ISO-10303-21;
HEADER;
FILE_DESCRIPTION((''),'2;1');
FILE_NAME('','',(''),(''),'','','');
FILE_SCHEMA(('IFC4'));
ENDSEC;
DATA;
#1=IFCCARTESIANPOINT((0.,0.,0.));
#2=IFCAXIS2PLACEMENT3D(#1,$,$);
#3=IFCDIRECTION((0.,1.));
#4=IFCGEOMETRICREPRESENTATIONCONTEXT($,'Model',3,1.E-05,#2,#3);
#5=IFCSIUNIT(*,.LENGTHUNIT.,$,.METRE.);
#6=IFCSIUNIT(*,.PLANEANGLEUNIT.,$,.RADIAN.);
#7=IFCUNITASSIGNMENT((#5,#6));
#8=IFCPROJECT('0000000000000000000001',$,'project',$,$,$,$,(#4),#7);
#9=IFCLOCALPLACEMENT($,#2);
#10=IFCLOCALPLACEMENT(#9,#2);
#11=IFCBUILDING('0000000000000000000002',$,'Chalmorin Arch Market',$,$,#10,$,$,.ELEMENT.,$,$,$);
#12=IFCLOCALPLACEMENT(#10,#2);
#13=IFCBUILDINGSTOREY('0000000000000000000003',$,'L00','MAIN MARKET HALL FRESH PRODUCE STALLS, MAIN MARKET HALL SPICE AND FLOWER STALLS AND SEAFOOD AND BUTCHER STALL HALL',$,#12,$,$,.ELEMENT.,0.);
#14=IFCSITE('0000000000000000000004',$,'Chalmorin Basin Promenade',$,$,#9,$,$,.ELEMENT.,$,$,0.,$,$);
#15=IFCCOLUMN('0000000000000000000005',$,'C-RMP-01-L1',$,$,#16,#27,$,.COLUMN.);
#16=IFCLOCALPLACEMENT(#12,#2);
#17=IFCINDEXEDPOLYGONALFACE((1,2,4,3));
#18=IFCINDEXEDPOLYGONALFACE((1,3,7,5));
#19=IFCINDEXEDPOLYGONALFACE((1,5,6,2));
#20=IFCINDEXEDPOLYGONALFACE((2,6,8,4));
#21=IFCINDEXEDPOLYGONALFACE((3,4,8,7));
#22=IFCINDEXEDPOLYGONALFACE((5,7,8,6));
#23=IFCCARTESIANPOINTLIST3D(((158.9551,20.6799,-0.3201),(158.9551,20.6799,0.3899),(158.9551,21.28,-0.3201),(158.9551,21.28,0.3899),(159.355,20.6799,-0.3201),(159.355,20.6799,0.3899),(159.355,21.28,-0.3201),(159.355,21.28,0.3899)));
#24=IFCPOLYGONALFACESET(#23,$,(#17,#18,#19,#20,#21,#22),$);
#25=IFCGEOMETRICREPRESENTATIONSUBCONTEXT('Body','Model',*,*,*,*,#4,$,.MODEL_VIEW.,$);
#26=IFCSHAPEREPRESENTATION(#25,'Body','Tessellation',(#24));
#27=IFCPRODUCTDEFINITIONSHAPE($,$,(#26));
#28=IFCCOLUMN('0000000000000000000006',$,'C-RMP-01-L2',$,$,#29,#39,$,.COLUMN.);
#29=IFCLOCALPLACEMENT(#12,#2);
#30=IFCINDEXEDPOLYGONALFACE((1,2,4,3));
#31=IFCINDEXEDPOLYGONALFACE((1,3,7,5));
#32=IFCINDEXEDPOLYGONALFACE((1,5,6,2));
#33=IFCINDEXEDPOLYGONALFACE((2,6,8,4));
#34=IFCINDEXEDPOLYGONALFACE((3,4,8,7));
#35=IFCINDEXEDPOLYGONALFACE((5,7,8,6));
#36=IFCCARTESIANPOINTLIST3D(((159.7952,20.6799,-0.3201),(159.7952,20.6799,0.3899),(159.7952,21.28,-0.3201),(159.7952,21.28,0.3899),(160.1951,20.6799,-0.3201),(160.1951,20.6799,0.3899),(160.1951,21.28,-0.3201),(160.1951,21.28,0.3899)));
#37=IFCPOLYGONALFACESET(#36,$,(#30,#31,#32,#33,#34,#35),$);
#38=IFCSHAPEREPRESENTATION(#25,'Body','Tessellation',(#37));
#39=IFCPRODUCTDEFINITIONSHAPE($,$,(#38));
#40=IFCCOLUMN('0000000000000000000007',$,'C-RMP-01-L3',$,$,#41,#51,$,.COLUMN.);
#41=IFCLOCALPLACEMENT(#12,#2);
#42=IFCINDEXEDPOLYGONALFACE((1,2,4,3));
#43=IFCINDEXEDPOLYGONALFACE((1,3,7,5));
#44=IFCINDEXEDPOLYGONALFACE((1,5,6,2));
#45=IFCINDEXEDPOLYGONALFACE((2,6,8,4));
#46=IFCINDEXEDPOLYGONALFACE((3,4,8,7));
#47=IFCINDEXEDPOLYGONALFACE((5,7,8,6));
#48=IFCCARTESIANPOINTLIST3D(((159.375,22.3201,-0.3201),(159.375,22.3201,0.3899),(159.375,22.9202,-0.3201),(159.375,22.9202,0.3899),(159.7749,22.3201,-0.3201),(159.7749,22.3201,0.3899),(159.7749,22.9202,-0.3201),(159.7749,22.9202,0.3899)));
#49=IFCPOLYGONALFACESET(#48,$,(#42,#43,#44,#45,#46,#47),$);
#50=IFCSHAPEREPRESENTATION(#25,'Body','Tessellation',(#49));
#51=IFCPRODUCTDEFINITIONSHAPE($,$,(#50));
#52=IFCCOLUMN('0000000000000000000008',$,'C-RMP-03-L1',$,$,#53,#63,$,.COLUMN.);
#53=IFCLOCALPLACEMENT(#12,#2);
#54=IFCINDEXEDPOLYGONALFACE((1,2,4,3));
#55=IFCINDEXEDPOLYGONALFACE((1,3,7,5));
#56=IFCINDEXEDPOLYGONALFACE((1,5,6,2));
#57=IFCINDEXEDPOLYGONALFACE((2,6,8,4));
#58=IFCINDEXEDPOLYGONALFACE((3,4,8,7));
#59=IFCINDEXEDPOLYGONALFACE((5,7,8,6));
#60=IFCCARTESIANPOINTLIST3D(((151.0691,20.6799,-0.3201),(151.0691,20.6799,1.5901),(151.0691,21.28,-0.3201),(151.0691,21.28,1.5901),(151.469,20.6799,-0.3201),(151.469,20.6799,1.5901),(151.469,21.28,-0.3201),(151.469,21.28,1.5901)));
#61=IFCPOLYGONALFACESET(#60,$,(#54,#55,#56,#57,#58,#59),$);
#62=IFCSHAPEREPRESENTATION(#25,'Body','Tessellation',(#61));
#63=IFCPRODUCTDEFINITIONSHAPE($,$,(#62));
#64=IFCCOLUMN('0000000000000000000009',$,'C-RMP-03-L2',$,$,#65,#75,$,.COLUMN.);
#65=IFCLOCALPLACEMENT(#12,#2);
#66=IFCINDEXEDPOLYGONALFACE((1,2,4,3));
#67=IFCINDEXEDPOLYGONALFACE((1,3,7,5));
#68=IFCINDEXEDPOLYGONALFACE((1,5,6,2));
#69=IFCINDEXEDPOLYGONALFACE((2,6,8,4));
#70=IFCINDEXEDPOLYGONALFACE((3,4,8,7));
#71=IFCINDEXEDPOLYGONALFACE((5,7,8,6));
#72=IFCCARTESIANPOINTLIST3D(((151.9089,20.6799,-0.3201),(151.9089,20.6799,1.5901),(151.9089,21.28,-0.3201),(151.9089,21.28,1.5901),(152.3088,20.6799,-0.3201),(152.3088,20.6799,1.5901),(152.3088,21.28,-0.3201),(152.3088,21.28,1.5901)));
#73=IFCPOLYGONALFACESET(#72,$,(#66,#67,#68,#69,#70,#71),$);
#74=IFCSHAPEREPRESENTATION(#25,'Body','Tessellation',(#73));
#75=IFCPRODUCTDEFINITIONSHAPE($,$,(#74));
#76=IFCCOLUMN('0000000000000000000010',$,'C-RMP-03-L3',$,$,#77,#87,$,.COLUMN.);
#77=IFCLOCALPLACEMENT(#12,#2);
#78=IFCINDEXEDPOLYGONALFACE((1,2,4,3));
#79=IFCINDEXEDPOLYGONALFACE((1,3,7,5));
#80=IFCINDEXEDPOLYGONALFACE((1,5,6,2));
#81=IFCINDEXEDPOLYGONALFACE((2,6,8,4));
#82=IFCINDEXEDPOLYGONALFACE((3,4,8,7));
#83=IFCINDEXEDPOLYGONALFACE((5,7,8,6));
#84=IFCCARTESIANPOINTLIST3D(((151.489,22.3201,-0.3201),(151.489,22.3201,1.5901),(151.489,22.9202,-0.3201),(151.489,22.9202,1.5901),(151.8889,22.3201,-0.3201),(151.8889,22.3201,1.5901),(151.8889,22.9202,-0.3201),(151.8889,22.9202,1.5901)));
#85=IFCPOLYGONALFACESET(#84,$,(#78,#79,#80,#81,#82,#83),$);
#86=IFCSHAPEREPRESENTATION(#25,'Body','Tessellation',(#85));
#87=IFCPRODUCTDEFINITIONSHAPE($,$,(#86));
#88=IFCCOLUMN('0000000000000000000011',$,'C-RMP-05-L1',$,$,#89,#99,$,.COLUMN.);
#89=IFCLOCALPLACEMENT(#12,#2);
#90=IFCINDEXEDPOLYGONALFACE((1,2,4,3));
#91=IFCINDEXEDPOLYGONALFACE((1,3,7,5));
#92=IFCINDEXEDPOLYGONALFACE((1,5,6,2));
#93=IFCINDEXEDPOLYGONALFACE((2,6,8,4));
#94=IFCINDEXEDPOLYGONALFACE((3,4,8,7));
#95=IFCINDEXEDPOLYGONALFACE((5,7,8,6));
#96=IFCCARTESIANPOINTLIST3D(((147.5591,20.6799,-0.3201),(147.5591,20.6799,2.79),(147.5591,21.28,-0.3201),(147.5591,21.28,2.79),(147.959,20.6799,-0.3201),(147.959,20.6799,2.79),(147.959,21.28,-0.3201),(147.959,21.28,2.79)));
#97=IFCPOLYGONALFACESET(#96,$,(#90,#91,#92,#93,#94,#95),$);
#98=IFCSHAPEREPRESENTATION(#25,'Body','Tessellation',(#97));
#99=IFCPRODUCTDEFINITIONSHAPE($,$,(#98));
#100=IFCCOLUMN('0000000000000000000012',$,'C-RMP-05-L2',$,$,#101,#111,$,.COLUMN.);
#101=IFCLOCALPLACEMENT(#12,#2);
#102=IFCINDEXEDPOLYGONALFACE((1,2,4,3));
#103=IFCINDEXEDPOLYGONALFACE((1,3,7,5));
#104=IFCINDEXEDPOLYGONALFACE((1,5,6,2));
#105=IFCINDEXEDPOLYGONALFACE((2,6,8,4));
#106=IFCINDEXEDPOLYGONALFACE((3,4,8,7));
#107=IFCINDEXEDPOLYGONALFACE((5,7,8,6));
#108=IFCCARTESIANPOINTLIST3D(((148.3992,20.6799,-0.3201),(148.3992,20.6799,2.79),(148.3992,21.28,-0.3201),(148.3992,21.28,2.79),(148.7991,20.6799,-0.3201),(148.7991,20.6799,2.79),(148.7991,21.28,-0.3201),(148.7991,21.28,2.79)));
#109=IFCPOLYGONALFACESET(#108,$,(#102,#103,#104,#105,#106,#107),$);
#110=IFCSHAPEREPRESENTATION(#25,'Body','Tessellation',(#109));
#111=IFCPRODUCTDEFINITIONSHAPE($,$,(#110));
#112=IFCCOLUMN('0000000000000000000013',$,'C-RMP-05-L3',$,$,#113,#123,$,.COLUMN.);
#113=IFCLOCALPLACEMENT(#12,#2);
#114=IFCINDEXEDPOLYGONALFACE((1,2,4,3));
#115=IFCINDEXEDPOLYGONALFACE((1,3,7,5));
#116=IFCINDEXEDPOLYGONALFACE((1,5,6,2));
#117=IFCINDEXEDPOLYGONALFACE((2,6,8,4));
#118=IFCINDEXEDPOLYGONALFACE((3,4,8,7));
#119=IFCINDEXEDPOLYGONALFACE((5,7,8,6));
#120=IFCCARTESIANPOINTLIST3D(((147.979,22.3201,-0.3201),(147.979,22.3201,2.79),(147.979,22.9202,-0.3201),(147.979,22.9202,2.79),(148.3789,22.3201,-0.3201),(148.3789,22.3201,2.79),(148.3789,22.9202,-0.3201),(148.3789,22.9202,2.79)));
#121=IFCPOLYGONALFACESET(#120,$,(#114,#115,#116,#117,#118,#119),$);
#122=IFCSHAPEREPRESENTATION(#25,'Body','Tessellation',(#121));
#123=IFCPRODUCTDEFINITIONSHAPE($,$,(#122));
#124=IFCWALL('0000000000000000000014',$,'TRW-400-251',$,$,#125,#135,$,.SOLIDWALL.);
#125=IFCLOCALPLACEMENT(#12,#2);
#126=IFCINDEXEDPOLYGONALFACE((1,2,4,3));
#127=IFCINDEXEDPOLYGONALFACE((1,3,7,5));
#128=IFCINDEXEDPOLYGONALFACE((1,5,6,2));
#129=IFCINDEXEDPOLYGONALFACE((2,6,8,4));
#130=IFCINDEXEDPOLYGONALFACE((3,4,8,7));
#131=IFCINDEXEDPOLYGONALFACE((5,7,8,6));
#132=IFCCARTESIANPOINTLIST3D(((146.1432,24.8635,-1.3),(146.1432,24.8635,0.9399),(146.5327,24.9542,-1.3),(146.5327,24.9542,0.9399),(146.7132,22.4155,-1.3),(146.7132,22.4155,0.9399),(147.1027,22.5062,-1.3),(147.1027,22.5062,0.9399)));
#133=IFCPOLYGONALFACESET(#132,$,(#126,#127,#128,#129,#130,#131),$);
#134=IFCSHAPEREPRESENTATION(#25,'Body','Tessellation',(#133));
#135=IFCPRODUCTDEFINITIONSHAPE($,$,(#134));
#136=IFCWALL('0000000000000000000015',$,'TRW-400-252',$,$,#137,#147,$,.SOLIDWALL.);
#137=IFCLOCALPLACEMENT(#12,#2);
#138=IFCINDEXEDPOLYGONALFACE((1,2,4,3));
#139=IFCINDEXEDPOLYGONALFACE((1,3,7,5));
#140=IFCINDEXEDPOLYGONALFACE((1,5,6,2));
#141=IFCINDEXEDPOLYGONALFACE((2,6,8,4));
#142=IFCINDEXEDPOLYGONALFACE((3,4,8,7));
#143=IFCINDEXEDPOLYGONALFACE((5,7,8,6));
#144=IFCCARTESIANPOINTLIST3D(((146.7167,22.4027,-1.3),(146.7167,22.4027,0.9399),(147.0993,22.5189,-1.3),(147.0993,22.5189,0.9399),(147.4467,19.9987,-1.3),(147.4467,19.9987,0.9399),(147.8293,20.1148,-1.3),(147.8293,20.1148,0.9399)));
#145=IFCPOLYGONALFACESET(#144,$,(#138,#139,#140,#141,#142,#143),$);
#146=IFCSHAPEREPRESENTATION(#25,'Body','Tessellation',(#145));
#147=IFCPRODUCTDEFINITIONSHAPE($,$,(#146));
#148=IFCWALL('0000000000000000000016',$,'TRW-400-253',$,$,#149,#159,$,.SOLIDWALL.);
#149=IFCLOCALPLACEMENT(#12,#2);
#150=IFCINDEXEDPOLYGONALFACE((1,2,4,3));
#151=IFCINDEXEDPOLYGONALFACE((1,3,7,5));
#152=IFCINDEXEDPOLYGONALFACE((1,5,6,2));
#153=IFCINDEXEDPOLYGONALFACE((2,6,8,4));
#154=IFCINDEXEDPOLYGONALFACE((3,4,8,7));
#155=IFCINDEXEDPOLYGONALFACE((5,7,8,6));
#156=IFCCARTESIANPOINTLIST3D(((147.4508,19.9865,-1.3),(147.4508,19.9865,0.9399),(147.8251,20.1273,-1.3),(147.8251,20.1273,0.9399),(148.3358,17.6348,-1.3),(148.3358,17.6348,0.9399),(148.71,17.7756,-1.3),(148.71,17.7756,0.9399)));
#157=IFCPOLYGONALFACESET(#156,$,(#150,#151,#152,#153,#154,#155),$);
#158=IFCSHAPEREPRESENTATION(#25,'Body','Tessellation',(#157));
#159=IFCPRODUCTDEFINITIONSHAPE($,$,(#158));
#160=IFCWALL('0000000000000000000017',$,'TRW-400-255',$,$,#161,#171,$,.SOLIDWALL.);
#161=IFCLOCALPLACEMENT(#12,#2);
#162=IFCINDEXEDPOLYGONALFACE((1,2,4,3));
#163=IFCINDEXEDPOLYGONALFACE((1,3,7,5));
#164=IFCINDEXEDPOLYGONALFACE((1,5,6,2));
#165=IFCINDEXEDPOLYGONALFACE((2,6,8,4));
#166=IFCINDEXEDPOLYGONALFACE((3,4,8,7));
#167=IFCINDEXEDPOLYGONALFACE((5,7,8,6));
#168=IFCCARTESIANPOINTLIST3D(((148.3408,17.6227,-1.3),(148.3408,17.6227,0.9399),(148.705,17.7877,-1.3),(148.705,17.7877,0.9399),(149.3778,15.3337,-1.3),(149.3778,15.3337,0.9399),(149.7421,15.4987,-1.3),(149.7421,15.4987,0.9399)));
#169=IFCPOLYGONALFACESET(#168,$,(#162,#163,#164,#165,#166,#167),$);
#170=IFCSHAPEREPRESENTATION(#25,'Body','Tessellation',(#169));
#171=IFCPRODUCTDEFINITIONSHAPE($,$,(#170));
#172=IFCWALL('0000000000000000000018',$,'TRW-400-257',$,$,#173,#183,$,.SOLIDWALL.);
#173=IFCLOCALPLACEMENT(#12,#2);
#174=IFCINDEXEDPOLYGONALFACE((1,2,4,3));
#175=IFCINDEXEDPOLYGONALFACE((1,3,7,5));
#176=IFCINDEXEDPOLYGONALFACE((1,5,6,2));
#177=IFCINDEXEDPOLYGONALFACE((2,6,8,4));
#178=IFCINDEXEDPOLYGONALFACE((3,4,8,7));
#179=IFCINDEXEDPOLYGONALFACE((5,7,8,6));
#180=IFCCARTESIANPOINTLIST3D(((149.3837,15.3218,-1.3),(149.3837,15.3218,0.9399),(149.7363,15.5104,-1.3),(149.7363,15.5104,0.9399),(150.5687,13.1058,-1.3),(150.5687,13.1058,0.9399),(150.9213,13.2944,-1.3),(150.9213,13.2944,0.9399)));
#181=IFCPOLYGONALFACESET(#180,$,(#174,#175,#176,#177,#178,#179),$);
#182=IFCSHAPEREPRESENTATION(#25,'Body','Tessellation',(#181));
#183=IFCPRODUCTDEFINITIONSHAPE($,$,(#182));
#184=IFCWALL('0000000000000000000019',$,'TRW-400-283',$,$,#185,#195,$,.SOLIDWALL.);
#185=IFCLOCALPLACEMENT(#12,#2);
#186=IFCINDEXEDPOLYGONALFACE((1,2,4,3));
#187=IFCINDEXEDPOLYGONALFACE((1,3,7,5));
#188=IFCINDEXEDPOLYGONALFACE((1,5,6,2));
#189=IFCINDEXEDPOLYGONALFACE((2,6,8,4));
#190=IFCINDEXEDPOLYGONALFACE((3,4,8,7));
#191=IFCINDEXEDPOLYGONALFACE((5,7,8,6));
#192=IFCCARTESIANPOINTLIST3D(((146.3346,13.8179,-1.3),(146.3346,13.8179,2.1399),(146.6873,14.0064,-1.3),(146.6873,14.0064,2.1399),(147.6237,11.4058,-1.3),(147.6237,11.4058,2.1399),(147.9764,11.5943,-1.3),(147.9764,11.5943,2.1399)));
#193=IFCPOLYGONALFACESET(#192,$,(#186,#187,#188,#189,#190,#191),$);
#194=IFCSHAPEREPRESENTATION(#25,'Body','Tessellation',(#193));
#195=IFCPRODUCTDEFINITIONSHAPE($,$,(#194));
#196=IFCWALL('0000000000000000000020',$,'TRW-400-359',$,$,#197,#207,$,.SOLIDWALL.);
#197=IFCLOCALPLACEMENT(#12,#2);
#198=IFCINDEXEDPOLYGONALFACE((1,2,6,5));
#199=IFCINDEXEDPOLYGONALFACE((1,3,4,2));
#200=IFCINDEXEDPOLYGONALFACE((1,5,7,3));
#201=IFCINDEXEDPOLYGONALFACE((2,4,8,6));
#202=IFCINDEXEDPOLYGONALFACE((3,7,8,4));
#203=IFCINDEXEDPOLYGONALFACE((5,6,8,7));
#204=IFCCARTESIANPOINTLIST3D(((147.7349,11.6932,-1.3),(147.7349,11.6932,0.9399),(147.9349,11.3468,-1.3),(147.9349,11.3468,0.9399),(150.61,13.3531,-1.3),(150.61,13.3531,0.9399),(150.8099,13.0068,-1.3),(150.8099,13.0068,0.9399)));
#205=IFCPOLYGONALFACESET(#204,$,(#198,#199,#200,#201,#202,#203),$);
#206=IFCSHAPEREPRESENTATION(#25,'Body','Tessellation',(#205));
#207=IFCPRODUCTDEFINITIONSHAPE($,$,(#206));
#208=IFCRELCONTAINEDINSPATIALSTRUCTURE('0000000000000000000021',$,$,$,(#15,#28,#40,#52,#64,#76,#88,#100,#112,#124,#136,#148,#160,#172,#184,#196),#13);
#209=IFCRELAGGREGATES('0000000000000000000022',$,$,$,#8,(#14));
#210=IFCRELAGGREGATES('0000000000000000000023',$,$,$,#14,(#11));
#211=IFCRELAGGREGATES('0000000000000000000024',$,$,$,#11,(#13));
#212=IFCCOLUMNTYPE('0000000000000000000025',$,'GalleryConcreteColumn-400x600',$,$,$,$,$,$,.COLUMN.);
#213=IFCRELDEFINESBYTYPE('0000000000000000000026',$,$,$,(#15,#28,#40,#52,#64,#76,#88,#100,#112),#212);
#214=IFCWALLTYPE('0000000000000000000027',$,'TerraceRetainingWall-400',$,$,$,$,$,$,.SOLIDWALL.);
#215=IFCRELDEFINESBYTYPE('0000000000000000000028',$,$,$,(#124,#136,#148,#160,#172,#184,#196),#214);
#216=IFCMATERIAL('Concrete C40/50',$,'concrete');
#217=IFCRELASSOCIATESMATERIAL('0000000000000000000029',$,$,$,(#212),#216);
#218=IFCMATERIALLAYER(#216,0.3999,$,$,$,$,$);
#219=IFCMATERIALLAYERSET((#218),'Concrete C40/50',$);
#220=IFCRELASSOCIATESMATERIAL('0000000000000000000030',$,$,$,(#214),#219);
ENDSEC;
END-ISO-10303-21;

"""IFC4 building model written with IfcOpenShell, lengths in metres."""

from ifc_helpers import new_model, si_unit, direction, frame, frame_2d, origin, origin_2d, place, context, subcontext, project, spatial, rectangle, extrude, material, layer, layer_set, material_profile, profile_set, type_object, element, save


model = new_model("IFC4")

# Units and contexts
model_context = context("Model", 3, precision=1e-05, world=origin(), true_north=direction((0.0, 1.0)))
body_context = subcontext(model_context, "Body", "Model", "MODEL_VIEW")
ifc_project = project(units=[si_unit("LENGTHUNIT", "METRE"), si_unit("PLANEANGLEUNIT", "RADIAN")], contexts=[model_context])

# Site, building, storey
site_placement = place(None, origin())
site = spatial("IfcSite", under=ifc_project, at=site_placement, Name="Chalmorin Basin Promenade", CompositionType="ELEMENT", RefElevation=0.0)
building_placement = place(site_placement, origin())
building = spatial("IfcBuilding", under=site, at=building_placement, Name="Chalmorin Arch Market", CompositionType="ELEMENT")
storey_placement = place(building_placement, origin())
storey = spatial("IfcBuildingStorey", under=building, at=storey_placement, Name="L00", Description="MAIN MARKET HALL FRESH PRODUCE STALLS, MAIN MARKET HALL SPICE AND FLOWER STALLS AND SEAFOOD AND BUTCHER STALL HALL", CompositionType="ELEMENT", Elevation=0.0)

# Columns
ifc_material_1 = material(Name="Concrete C40/50", Category="concrete")
ifc_material_profile = material_profile(ifc_material_1, rectangle(XDim=0.3999, YDim=0.6001, at=origin_2d()), Name="RC400X600")
ifc_profile_set = profile_set([ifc_material_profile], Name="Concrete C40/50")
column_type = type_object("IfcColumnType", Name="GalleryConcreteColumn-400x600", PredefinedType="COLUMN", material=ifc_profile_set)
for number, where, z_axis, x_axis, name in (
    (1, (159.155, 20.98, -0.3201), (0.0, 0.0, 1.0), (1.0, 0.0, 0.0), "C-RMP-01-L1"),
    (2, (159.9951, 20.98, -0.3201), (0.0, 0.0, 1.0), (1.0, 0.0, 0.0), "C-RMP-01-L2"),
    (3, (159.575, 22.6201, -0.3201), (0.0, 0.0, 1.0), (1.0, 0.0, 0.0), "C-RMP-01-L3"),
):
    element("IfcColumn", number, at=place(storey_placement, frame(where, z_axis=z_axis, x_axis=x_axis)), inside=storey, type_object=column_type, Name=name, PredefinedType="COLUMN", context=body_context, shape_type="SweptSolid", body=[
        extrude(rectangle(XDim=0.3999, YDim=0.6001, at=origin_2d()), origin(), (0.0, 0.0, 1.0), 0.71),
    ])
for number, where, z_axis, x_axis, name in (
    (4, (151.269, 20.98, -0.3201), (0.0, 0.0, 1.0), (1.0, 0.0, 0.0), "C-RMP-03-L1"),
    (5, (152.1089, 20.98, -0.3201), (0.0, 0.0, 1.0), (1.0, 0.0, 0.0), "C-RMP-03-L2"),
    (6, (151.689, 22.6201, -0.3201), (0.0, 0.0, 1.0), (1.0, 0.0, 0.0), "C-RMP-03-L3"),
):
    element("IfcColumn", number, at=place(storey_placement, frame(where, z_axis=z_axis, x_axis=x_axis)), inside=storey, type_object=column_type, Name=name, PredefinedType="COLUMN", context=body_context, shape_type="SweptSolid", body=[
        extrude(rectangle(XDim=0.3999, YDim=0.6001, at=origin_2d()), origin(), (0.0, 0.0, 1.0), 1.9102),
    ])
for number, where, z_axis, x_axis, name in (
    (7, (147.759, 20.98, -0.3201), (0.0, 0.0, 1.0), (1.0, 0.0, 0.0), "C-RMP-05-L1"),
    (8, (148.5991, 20.98, -0.3201), (0.0, 0.0, 1.0), (1.0, 0.0, 0.0), "C-RMP-05-L2"),
    (9, (148.179, 22.6201, -0.3201), (0.0, 0.0, 1.0), (1.0, 0.0, 0.0), "C-RMP-05-L3"),
):
    element("IfcColumn", number, at=place(storey_placement, frame(where, z_axis=z_axis, x_axis=x_axis)), inside=storey, type_object=column_type, Name=name, PredefinedType="COLUMN", context=body_context, shape_type="SweptSolid", body=[
        extrude(rectangle(XDim=0.3999, YDim=0.6001, at=origin_2d()), origin(), (0.0, 0.0, 1.0), 3.1101),
    ])

# Walls
ifc_layer_1 = layer(ifc_material_1, 0.3999)
ifc_layer_set_1 = layer_set([ifc_layer_1], Name="Concrete C40/50")
wall_type_1 = type_object("IfcWallType", Name="TerraceRetainingWall-400", PredefinedType="SOLIDWALL", material=ifc_layer_set_1)
wall_1_placement = place(storey_placement, frame((146.3379, 24.9089, -1.3), z_axis=(0.0, 0.0, 1.0), x_axis=(0.226803, -0.973941, 0.0)))
element("IfcWall", 10, at=wall_1_placement, inside=storey, type_object=wall_type_1, Name="TRW-400-251", PredefinedType="SOLIDWALL", context=body_context, shape_type="SweptSolid", body=[
    extrude(rectangle(XDim=2.5134, YDim=0.3999, at=frame_2d((1.2568, 0.0))), origin(), (0.0, 0.0, 1.0), 2.24),
])
wall_2_placement = place(storey_placement, frame((146.908, 22.4609, -1.3), z_axis=(0.0, 0.0, 1.0), x_axis=(0.290547, -0.956861, 0.0)))
element("IfcWall", 11, at=wall_2_placement, inside=storey, type_object=wall_type_1, Name="TRW-400-252", PredefinedType="SOLIDWALL", context=body_context, shape_type="SweptSolid", body=[
    extrude(rectangle(XDim=2.5125, YDim=0.3999, at=frame_2d((1.2563, 0.0))), origin(), (0.0, 0.0, 1.0), 2.24),
])
wall_3_placement = place(storey_placement, frame((147.6379, 20.0569, -1.3), z_axis=(0.0, 0.0, 1.0), x_axis=(0.352199, -0.935925, 0.0)))
element("IfcWall", 12, at=wall_3_placement, inside=storey, type_object=wall_type_1, Name="TRW-400-253", PredefinedType="SOLIDWALL", context=body_context, shape_type="SweptSolid", body=[
    extrude(rectangle(XDim=2.5127, YDim=0.3999, at=frame_2d((1.2563, 0.0))), origin(), (0.0, 0.0, 1.0), 2.24),
])
for number, where, z_axis, x_axis, name in (
    (13, (148.5229, 17.7051, -1.3), (0.0, 0.0, 1.0), (0.41269, -0.910872, 0.0), "TRW-400-255"),
    (14, (149.5601, 15.416, -1.3), (0.0, 0.0, 1.0), (0.471566, -0.881831, 0.0), "TRW-400-257"),
):
    element("IfcWall", number, at=place(storey_placement, frame(where, z_axis=z_axis, x_axis=x_axis)), inside=storey, type_object=wall_type_1, Name=name, PredefinedType="SOLIDWALL", context=body_context, shape_type="SweptSolid", body=[
        extrude(rectangle(XDim=2.5129, YDim=0.3999, at=frame_2d((1.2563, 0.0))), origin(), (0.0, 0.0, 1.0), 2.24),
    ])
wall_4_placement = place(storey_placement, frame((146.511, 13.9121, -1.3), z_axis=(0.0, 0.0, 1.0), x_axis=(0.471329, -0.881957, 0.0)))
element("IfcWall", 15, at=wall_4_placement, inside=storey, type_object=wall_type_1, Name="TRW-400-283", PredefinedType="SOLIDWALL", context=body_context, shape_type="SweptSolid", body=[
    extrude(rectangle(XDim=2.7349, YDim=0.3999, at=frame_2d((1.3674, 0.0))), origin(), (0.0, 0.0, 1.0), 3.4399),
])
wall_5_placement = place(storey_placement, frame((150.71, 13.1799, -1.3), z_axis=(0.0, 0.0, 1.0), x_axis=(-0.866021, -0.500007, 0.0)))
element("IfcWall", 16, at=wall_5_placement, inside=storey, type_object=wall_type_1, Name="TRW-400-359", PredefinedType="SOLIDWALL", context=body_context, shape_type="SweptSolid", body=[
    extrude(rectangle(XDim=3.3198, YDim=0.3999, at=frame_2d((1.6599, 0.0))), origin(), (0.0, 0.0, 1.0), 2.24),
])

save(model, "model.ifc")
